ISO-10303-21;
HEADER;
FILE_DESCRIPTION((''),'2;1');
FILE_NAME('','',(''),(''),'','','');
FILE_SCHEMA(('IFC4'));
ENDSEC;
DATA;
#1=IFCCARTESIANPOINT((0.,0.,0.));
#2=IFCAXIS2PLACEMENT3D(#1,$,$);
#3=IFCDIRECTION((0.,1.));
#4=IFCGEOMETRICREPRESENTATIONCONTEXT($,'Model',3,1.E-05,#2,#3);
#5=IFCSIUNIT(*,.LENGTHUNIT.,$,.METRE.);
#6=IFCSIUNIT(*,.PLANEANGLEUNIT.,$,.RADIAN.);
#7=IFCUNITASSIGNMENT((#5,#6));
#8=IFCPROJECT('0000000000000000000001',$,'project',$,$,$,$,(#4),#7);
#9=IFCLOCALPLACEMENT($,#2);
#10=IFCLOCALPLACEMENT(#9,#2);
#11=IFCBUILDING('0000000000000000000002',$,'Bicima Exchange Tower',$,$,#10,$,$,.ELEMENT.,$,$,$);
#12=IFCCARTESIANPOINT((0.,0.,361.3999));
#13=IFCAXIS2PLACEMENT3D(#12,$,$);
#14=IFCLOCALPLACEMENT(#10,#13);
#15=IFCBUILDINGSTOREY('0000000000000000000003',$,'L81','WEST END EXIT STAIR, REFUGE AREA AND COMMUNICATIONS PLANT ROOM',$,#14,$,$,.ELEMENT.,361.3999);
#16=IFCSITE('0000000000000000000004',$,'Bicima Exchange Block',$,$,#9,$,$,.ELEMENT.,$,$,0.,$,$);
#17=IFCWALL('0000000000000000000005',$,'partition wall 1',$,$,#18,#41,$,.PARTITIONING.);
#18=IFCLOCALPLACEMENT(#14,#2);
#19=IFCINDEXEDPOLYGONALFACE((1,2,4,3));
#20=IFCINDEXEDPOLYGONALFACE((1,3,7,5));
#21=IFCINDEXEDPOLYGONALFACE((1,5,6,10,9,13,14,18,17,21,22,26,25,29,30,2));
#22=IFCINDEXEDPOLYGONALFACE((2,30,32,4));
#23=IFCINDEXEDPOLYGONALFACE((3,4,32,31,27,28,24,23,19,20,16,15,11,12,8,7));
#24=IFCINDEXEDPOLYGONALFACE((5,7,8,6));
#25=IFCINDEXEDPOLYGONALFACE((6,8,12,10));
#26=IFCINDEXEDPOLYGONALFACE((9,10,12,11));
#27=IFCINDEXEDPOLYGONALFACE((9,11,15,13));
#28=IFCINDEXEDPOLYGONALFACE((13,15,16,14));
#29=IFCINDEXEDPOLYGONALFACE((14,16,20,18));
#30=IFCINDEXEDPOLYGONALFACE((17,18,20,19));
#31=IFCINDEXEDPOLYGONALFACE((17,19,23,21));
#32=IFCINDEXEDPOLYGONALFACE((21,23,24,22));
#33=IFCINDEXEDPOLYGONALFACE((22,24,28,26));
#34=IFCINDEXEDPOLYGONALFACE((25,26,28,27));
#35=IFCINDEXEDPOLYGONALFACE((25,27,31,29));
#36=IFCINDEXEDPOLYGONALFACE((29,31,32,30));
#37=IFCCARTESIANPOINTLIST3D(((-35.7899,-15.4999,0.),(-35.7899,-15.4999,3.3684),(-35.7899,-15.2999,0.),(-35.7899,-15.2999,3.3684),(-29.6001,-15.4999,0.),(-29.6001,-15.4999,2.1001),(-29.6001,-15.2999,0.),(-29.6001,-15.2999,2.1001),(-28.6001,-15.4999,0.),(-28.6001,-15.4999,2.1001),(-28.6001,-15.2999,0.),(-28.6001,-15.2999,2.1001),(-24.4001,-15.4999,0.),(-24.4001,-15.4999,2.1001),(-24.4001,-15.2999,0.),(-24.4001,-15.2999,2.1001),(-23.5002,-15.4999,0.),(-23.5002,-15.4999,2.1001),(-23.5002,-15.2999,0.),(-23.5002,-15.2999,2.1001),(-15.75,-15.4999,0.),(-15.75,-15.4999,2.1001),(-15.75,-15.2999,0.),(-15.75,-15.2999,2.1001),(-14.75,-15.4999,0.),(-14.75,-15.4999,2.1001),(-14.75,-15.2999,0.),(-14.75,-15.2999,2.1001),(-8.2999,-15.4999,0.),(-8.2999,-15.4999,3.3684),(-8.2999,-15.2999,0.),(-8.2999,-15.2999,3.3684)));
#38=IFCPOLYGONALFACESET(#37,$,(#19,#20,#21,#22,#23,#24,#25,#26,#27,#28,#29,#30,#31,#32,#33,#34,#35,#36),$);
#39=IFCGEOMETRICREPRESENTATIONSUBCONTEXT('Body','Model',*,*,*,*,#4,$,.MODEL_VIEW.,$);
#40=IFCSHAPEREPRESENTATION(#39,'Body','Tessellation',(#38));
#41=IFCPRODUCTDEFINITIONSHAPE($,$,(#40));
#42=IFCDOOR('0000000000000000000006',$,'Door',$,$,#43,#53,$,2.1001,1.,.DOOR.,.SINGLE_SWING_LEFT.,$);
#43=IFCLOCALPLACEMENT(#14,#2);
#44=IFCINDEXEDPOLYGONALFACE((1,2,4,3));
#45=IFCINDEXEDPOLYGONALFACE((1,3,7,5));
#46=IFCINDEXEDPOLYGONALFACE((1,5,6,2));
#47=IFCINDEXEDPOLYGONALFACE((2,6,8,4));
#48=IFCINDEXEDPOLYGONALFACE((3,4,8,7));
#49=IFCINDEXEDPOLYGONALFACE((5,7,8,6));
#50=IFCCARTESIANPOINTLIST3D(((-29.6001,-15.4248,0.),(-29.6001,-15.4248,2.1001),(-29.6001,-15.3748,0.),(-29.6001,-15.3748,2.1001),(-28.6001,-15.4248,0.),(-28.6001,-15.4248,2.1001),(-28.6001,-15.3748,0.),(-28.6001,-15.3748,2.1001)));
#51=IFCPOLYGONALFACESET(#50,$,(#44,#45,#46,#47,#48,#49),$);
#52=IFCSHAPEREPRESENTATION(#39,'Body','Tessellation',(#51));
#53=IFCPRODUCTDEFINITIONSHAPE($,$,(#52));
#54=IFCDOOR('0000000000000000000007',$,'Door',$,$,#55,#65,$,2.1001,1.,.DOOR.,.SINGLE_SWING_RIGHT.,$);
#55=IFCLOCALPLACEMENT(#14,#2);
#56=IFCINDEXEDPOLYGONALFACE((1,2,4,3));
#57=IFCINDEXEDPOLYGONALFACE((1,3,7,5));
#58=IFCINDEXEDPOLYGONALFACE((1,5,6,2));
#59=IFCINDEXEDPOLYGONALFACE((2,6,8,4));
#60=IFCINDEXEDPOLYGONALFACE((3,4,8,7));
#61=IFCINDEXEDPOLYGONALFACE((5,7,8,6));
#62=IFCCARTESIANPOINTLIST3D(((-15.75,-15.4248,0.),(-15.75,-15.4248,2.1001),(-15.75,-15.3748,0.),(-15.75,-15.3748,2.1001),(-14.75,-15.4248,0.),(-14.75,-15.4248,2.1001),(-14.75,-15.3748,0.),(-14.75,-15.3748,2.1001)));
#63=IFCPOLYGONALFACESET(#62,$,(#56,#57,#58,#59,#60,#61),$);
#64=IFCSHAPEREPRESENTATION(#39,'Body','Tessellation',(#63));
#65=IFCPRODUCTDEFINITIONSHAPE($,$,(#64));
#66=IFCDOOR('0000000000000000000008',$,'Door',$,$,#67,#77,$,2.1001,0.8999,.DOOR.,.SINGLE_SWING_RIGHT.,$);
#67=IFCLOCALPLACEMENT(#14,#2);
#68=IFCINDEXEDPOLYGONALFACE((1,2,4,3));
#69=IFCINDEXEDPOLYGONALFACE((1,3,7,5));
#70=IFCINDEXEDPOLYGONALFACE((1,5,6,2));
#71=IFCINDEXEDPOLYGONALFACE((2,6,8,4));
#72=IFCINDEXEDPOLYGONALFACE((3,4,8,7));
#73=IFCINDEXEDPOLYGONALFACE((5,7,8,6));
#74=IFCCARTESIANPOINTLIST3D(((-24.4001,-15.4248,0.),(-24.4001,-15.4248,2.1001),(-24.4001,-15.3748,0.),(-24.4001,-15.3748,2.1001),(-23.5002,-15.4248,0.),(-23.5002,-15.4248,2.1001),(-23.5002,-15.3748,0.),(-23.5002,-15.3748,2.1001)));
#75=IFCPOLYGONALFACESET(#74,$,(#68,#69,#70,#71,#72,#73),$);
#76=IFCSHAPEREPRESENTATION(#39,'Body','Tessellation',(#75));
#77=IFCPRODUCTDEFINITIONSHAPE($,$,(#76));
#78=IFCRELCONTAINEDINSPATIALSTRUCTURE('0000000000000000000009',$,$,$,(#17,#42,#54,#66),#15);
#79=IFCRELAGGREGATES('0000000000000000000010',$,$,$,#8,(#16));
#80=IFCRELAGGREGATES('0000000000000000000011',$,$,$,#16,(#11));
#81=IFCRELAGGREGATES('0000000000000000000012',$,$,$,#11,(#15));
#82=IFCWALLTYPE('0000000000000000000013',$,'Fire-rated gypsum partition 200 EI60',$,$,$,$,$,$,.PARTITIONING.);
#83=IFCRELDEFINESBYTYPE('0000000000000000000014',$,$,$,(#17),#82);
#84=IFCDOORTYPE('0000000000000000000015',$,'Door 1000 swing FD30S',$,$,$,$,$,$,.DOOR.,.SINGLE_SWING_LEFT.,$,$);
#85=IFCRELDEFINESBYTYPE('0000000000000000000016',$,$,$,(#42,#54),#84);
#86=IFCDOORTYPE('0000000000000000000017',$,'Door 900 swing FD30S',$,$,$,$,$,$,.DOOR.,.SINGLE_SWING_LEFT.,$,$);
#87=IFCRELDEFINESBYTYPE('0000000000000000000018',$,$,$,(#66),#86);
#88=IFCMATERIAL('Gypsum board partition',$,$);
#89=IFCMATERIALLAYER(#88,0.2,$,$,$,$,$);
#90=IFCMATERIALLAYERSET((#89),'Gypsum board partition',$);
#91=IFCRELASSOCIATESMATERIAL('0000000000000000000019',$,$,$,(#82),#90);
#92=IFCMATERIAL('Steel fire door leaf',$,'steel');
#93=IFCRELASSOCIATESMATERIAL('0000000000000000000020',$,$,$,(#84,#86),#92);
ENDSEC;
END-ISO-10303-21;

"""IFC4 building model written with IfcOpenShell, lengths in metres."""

from ifc_helpers import new_model, si_unit, direction, frame, frame_2d, origin, place, context, subcontext, project, spatial, rectangle, extrude, material, layer, layer_set, type_object, element, fill, save


model = new_model("IFC4")

# Units and contexts
model_context = context("Model", 3, precision=1e-05, world=origin(), true_north=direction((0.0, 1.0)))
body_context = subcontext(model_context, "Body", "Model", "MODEL_VIEW")
ifc_project = project(units=[si_unit("LENGTHUNIT", "METRE"), si_unit("PLANEANGLEUNIT", "RADIAN")], contexts=[model_context])

# Site, building, storey
site_placement = place(None, origin())
site = spatial("IfcSite", under=ifc_project, at=site_placement, Name="Bicima Exchange Block", CompositionType="ELEMENT", RefElevation=0.0)
building_placement = place(site_placement, origin())
building = spatial("IfcBuilding", under=site, at=building_placement, Name="Bicima Exchange Tower", CompositionType="ELEMENT")
storey_placement = place(building_placement, frame((0.0, 0.0, 361.3999)))
storey = spatial("IfcBuildingStorey", under=building, at=storey_placement, Name="L81", Description="WEST END EXIT STAIR, REFUGE AREA AND COMMUNICATIONS PLANT ROOM", CompositionType="ELEMENT", Elevation=361.3999)

# Wall, openings, doors
ifc_material_1 = material(Name="Gypsum board partition")
ifc_layer_1 = layer(ifc_material_1, 0.2)
ifc_layer_set_1 = layer_set([ifc_layer_1], Name="Gypsum board partition")
wall_type = type_object("IfcWallType", Name="Fire-rated gypsum partition 200 EI60", PredefinedType="PARTITIONING", material=ifc_layer_set_1)
wall_placement = place(storey_placement, frame((-35.79, -15.3999, 0.0), z_axis=(0.0, 0.0, 1.0), x_axis=(1.0, 0.0, 0.0)))
wall = element("IfcWall", 1, at=wall_placement, inside=storey, type_object=wall_type, Name="partition wall 1", PredefinedType="PARTITIONING", context=body_context, shape_type="SweptSolid", body=[
    extrude(rectangle(XDim=27.49, YDim=0.2, at=frame_2d((13.7451, 0.0))), origin(), (0.0, 0.0, 1.0), 3.3684),
])
opening_1_placement = place(wall_placement, frame((6.1899, 0.0, 0.0)))
opening_1 = element("IfcOpeningElement", 2, at=opening_1_placement, cuts=wall, PredefinedType="OPENING", context=body_context, shape_type="SweptSolid", body=[
    extrude(rectangle(XDim=1.0, YDim=2.1001, at=frame_2d((0.5, 1.05))), frame((0.0, 0.1118, 0.0), z_axis=(0.0, -1.0, 0.0), x_axis=(1.0, 0.0, 0.0)), (0.0, 0.0, 1.0), 0.2239),
])
opening_2_placement = place(wall_placement, frame((11.3899, 0.0, 0.0)))
opening_2 = element("IfcOpeningElement", 3, at=opening_2_placement, cuts=wall, PredefinedType="OPENING", context=body_context, shape_type="SweptSolid", body=[
    extrude(rectangle(XDim=0.8999, YDim=2.1001, at=frame_2d((0.45, 1.05))), frame((0.0, 0.1118, 0.0), z_axis=(0.0, -1.0, 0.0), x_axis=(1.0, 0.0, 0.0)), (0.0, 0.0, 1.0), 0.2239),
])
opening_3_placement = place(wall_placement, frame((20.04, 0.0, 0.0)))
opening_3 = element("IfcOpeningElement", 4, at=opening_3_placement, cuts=wall, PredefinedType="OPENING", context=body_context, shape_type="SweptSolid", body=[
    extrude(rectangle(XDim=1.0, YDim=2.1001, at=frame_2d((0.5, 1.05))), frame((0.0, 0.1118, 0.0), z_axis=(0.0, -1.0, 0.0), x_axis=(1.0, 0.0, 0.0)), (0.0, 0.0, 1.0), 0.2239),
])
ifc_material_2 = material(Name="Steel fire door leaf", Category="steel")
door_type_1 = type_object("IfcDoorType", Name="Door 1000 swing FD30S", OperationType="SINGLE_SWING_LEFT", PredefinedType="DOOR", material=ifc_material_2)
door_1_placement = place(opening_1_placement, frame((1.0, 0.0, 0.0), z_axis=(0.0, 0.0, 1.0), x_axis=(-1.0, 0.0, 0.0)))
door_1 = element("IfcDoor", 5, at=door_1_placement, inside=storey, type_object=door_type_1, Name="Door", OperationType="SINGLE_SWING_LEFT", OverallHeight=2.1001, OverallWidth=1.0, PredefinedType="DOOR", context=body_context, shape_type="SweptSolid", body=[
    extrude(rectangle(XDim=1.0, YDim=2.1001, at=frame_2d((0.5, 1.05))), frame((0.0, 0.0249, 0.0), z_axis=(0.0, -1.0, 0.0), x_axis=(1.0, 0.0, 0.0)), (0.0, 0.0, 1.0), 0.05),
])
fill(opening_1, door_1)
door_2_placement = place(opening_3_placement, frame((1.0, 0.0, 0.0), z_axis=(0.0, 0.0, 1.0), x_axis=(-1.0, 0.0, 0.0)))
door_2 = element("IfcDoor", 6, at=door_2_placement, inside=storey, type_object=door_type_1, Name="Door", OperationType="SINGLE_SWING_RIGHT", OverallHeight=2.1001, OverallWidth=1.0, PredefinedType="DOOR", context=body_context, shape_type="SweptSolid", body=[
    extrude(rectangle(XDim=1.0, YDim=2.1001, at=frame_2d((0.5, 1.05))), frame((0.0, 0.0249, 0.0), z_axis=(0.0, -1.0, 0.0), x_axis=(1.0, 0.0, 0.0)), (0.0, 0.0, 1.0), 0.05),
])
fill(opening_3, door_2)
door_type_2 = type_object("IfcDoorType", Name="Door 900 swing FD30S", OperationType="SINGLE_SWING_LEFT", PredefinedType="DOOR", material=ifc_material_2)
door_3_placement = place(opening_2_placement, frame((0.8999, 0.0, 0.0), z_axis=(0.0, 0.0, 1.0), x_axis=(-1.0, 0.0, 0.0)))
door_3 = element("IfcDoor", 7, at=door_3_placement, inside=storey, type_object=door_type_2, Name="Door", OperationType="SINGLE_SWING_RIGHT", OverallHeight=2.1001, OverallWidth=0.8999, PredefinedType="DOOR", context=body_context, shape_type="SweptSolid", body=[
    extrude(rectangle(XDim=0.8999, YDim=2.1001, at=frame_2d((0.45, 1.05))), frame((0.0, 0.0249, 0.0), z_axis=(0.0, -1.0, 0.0), x_axis=(1.0, 0.0, 0.0)), (0.0, 0.0, 1.0), 0.05),
])
fill(opening_2, door_3)

save(model, "model.ifc")
